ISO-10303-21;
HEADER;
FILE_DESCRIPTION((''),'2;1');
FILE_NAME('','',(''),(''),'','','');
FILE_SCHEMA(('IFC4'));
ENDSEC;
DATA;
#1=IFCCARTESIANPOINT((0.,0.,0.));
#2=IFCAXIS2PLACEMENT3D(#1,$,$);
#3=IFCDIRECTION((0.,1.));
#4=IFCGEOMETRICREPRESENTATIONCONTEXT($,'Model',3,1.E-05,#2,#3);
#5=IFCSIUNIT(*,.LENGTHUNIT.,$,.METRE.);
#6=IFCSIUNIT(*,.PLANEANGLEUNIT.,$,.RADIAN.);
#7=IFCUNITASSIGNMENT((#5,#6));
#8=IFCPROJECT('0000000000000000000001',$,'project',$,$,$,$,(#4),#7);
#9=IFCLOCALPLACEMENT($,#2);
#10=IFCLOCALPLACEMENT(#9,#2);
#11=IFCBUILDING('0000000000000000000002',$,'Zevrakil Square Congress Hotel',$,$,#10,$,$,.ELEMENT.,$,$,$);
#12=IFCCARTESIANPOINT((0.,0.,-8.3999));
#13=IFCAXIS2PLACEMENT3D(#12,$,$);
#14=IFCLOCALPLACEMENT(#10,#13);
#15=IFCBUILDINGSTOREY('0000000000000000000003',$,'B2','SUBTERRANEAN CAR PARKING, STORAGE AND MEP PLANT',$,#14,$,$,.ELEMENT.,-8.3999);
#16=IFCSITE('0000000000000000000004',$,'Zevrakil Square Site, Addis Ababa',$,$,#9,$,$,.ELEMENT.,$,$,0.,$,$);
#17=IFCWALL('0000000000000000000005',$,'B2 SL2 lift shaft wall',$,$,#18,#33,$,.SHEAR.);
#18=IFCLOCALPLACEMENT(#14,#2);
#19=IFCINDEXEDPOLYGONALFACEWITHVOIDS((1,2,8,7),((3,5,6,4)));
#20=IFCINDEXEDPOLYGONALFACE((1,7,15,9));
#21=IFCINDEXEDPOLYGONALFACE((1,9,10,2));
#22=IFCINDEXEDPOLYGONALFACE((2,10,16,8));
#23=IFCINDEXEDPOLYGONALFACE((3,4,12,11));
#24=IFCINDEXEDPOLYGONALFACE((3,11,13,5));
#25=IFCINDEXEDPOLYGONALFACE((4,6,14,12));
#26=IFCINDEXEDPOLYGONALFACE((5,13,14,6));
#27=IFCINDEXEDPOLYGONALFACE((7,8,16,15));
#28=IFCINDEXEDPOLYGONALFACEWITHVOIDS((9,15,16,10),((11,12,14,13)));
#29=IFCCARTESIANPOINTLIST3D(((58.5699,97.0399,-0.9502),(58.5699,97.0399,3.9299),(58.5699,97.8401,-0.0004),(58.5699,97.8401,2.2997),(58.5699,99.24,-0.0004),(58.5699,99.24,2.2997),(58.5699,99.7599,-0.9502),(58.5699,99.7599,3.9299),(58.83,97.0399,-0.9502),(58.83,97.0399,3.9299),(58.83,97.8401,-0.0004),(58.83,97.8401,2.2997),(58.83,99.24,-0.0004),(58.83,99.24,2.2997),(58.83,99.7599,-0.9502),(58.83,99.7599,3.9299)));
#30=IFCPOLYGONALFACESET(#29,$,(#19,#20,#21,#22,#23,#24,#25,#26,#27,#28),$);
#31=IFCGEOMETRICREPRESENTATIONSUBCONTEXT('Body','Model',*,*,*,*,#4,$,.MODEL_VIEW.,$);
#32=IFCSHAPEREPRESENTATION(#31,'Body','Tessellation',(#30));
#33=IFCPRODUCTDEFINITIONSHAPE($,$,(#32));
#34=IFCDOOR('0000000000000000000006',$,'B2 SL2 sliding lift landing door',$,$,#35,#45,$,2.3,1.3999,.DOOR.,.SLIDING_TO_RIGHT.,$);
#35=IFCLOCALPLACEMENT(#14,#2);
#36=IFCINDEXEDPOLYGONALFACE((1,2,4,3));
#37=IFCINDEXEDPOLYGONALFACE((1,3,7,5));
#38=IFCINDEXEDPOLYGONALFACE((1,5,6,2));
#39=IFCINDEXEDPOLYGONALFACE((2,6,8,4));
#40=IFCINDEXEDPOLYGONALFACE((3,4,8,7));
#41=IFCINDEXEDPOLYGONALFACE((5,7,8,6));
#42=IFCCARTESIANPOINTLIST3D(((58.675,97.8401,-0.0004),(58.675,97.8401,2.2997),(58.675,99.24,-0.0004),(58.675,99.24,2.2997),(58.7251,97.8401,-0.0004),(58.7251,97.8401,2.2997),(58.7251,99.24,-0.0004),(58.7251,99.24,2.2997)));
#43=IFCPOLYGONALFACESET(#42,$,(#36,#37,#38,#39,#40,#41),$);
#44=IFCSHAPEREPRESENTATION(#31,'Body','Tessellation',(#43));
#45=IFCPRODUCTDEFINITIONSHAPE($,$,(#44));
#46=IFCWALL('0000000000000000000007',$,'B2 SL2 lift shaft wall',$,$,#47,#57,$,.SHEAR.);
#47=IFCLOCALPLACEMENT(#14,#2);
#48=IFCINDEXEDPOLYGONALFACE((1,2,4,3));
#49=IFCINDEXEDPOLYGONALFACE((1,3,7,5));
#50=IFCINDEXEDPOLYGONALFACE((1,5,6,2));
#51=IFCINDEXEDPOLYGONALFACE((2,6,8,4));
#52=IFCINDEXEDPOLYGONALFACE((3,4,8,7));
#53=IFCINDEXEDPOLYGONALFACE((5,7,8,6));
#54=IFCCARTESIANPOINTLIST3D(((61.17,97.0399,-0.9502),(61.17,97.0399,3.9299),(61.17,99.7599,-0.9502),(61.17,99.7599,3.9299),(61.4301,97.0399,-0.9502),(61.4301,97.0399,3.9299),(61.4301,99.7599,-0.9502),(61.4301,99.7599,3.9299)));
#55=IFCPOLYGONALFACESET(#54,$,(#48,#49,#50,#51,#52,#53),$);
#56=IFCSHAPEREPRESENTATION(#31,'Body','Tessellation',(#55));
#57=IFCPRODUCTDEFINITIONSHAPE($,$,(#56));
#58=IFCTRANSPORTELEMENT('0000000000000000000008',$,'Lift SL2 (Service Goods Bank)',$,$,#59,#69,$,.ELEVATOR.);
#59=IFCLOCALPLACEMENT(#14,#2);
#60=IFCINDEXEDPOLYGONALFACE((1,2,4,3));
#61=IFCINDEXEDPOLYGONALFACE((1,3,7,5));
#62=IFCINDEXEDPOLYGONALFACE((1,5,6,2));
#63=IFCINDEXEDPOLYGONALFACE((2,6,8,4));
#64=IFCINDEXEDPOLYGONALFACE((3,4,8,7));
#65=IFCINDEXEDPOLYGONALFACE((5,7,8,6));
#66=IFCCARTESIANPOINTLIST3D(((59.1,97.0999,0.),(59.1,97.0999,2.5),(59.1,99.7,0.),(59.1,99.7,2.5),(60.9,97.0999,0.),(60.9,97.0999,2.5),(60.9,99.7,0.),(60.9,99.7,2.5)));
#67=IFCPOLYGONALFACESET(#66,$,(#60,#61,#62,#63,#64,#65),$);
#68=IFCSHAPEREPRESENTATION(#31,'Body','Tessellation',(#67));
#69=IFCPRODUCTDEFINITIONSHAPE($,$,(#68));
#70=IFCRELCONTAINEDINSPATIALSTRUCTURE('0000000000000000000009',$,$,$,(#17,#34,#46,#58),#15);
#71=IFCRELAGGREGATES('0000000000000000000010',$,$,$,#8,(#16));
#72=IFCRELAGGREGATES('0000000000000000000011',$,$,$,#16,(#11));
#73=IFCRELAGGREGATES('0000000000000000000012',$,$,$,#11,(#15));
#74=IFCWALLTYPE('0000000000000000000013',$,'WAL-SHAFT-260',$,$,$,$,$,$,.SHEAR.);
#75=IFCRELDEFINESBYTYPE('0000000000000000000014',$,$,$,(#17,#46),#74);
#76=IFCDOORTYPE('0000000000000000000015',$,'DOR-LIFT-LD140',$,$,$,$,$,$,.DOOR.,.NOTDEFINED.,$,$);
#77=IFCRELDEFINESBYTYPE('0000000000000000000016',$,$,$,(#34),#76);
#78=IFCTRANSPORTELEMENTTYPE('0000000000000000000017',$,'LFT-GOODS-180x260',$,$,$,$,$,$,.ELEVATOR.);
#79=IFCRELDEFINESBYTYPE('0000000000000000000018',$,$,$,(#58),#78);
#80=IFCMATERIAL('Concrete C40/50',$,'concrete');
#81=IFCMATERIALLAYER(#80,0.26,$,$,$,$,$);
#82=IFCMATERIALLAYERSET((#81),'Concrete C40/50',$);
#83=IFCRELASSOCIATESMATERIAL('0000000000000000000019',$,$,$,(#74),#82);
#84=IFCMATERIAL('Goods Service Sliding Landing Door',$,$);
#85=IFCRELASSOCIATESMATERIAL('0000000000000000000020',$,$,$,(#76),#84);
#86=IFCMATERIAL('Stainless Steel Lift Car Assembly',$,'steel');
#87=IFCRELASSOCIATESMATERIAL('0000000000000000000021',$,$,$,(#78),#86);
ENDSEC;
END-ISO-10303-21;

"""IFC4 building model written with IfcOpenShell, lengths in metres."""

from ifc_helpers import new_model, si_unit, direction, frame, frame_2d, origin, origin_2d, place, context, subcontext, project, spatial, rectangle, extrude, material, layer, layer_set, type_object, element, fill, save


model = new_model("IFC4")

# Units and contexts
model_context = context("Model", 3, precision=1e-05, world=origin(), true_north=direction((0.0, 1.0)))
body_context = subcontext(model_context, "Body", "Model", "MODEL_VIEW")
ifc_project = project(units=[si_unit("LENGTHUNIT", "METRE"), si_unit("PLANEANGLEUNIT", "RADIAN")], contexts=[model_context])

# Site, building, storey
site_placement = place(None, origin())
site = spatial("IfcSite", under=ifc_project, at=site_placement, Name="Zevrakil Square Site, Addis Ababa", CompositionType="ELEMENT", RefElevation=0.0)
building_placement = place(site_placement, origin())
building = spatial("IfcBuilding", under=site, at=building_placement, Name="Zevrakil Square Congress Hotel", CompositionType="ELEMENT")
storey_placement = place(building_placement, frame((0.0, 0.0, -8.3999)))
storey = spatial("IfcBuildingStorey", under=building, at=storey_placement, Name="B2", Description="SUBTERRANEAN CAR PARKING, STORAGE AND MEP PLANT", CompositionType="ELEMENT", Elevation=-8.3999)

# Shared definitions
ifc_material_1 = material(Name="Concrete C40/50", Category="concrete")
ifc_layer = layer(ifc_material_1, 0.26)
ifc_layer_set = layer_set([ifc_layer], Name="Concrete C40/50")
wall_type = type_object("IfcWallType", Name="WAL-SHAFT-260", PredefinedType="SHEAR", material=ifc_layer_set)

# Wall, opening, door
wall_1_placement = place(storey_placement, frame((58.7, 97.04, -0.9502), z_axis=(0.0, 0.0, 1.0), x_axis=(0.0, 1.0, 0.0)))
wall_1 = element("IfcWall", 1, at=wall_1_placement, inside=storey, type_object=wall_type, Name="B2 SL2 lift shaft wall", PredefinedType="SHEAR", context=body_context, shape_type="SweptSolid", body=[
    extrude(rectangle(XDim=2.72, YDim=0.26, at=frame_2d((1.3599, 0.0))), origin(), (0.0, 0.0, 1.0), 4.8801),
])
opening_placement = place(wall_1_placement, frame((0.8, 0.0, 0.95)))
opening = element("IfcOpeningElement", 2, at=opening_placement, cuts=wall_1, PredefinedType="OPENING", context=body_context, shape_type="SweptSolid", body=[
    extrude(rectangle(XDim=1.3999, YDim=2.3, at=frame_2d((0.7, 1.1499))), frame((0.0, 0.1401, 0.0), z_axis=(0.0, -1.0, 0.0), x_axis=(1.0, 0.0, 0.0)), (0.0, 0.0, 1.0), 0.28),
])
ifc_material_2 = material(Name="Goods Service Sliding Landing Door")
door_type = type_object("IfcDoorType", Name="DOR-LIFT-LD140", OperationType="NOTDEFINED", PredefinedType="DOOR", material=ifc_material_2)
door_placement = place(opening_placement, origin())
door = element("IfcDoor", 3, at=door_placement, inside=storey, type_object=door_type, Name="B2 SL2 sliding lift landing door", OperationType="SLIDING_TO_RIGHT", OverallHeight=2.3, OverallWidth=1.3999, PredefinedType="DOOR", context=body_context, shape_type="SweptSolid", body=[
    extrude(rectangle(XDim=1.3999, YDim=2.3, at=frame_2d((0.7, 1.1499))), frame((0.0, 0.0249, 0.0), z_axis=(0.0, -1.0, 0.0), x_axis=(1.0, 0.0, 0.0)), (0.0, 0.0, 1.0), 0.05),
])
fill(opening, door)

# Wall
wall_2_placement = place(storey_placement, frame((61.3, 97.04, -0.9502), z_axis=(0.0, 0.0, 1.0), x_axis=(0.0, 1.0, 0.0)))
element("IfcWall", 4, at=wall_2_placement, inside=storey, type_object=wall_type, Name="B2 SL2 lift shaft wall", PredefinedType="SHEAR", context=body_context, shape_type="SweptSolid", body=[
    extrude(rectangle(XDim=2.72, YDim=0.26, at=frame_2d((1.3599, 0.0))), origin(), (0.0, 0.0, 1.0), 4.8801),
])

# Transport element
ifc_material_3 = material(Name="Stainless Steel Lift Car Assembly", Category="steel")
transport_element_type = type_object("IfcTransportElementType", Name="LFT-GOODS-180x260", PredefinedType="ELEVATOR", material=ifc_material_3)
transport_element_placement = place(storey_placement, frame((60.0, 98.3999, 0.0), z_axis=(0.0, 0.0, 1.0), x_axis=(1.0, 0.0, 0.0)))
element("IfcTransportElement", 5, at=transport_element_placement, inside=storey, type_object=transport_element_type, Name="Lift SL2 (Service Goods Bank)", PredefinedType="ELEVATOR", context=body_context, shape_type="SweptSolid", body=[
    extrude(rectangle(XDim=1.8, YDim=2.6001, at=origin_2d()), origin(), (0.0, 0.0, 1.0), 2.5),
])

save(model, "model.ifc")
